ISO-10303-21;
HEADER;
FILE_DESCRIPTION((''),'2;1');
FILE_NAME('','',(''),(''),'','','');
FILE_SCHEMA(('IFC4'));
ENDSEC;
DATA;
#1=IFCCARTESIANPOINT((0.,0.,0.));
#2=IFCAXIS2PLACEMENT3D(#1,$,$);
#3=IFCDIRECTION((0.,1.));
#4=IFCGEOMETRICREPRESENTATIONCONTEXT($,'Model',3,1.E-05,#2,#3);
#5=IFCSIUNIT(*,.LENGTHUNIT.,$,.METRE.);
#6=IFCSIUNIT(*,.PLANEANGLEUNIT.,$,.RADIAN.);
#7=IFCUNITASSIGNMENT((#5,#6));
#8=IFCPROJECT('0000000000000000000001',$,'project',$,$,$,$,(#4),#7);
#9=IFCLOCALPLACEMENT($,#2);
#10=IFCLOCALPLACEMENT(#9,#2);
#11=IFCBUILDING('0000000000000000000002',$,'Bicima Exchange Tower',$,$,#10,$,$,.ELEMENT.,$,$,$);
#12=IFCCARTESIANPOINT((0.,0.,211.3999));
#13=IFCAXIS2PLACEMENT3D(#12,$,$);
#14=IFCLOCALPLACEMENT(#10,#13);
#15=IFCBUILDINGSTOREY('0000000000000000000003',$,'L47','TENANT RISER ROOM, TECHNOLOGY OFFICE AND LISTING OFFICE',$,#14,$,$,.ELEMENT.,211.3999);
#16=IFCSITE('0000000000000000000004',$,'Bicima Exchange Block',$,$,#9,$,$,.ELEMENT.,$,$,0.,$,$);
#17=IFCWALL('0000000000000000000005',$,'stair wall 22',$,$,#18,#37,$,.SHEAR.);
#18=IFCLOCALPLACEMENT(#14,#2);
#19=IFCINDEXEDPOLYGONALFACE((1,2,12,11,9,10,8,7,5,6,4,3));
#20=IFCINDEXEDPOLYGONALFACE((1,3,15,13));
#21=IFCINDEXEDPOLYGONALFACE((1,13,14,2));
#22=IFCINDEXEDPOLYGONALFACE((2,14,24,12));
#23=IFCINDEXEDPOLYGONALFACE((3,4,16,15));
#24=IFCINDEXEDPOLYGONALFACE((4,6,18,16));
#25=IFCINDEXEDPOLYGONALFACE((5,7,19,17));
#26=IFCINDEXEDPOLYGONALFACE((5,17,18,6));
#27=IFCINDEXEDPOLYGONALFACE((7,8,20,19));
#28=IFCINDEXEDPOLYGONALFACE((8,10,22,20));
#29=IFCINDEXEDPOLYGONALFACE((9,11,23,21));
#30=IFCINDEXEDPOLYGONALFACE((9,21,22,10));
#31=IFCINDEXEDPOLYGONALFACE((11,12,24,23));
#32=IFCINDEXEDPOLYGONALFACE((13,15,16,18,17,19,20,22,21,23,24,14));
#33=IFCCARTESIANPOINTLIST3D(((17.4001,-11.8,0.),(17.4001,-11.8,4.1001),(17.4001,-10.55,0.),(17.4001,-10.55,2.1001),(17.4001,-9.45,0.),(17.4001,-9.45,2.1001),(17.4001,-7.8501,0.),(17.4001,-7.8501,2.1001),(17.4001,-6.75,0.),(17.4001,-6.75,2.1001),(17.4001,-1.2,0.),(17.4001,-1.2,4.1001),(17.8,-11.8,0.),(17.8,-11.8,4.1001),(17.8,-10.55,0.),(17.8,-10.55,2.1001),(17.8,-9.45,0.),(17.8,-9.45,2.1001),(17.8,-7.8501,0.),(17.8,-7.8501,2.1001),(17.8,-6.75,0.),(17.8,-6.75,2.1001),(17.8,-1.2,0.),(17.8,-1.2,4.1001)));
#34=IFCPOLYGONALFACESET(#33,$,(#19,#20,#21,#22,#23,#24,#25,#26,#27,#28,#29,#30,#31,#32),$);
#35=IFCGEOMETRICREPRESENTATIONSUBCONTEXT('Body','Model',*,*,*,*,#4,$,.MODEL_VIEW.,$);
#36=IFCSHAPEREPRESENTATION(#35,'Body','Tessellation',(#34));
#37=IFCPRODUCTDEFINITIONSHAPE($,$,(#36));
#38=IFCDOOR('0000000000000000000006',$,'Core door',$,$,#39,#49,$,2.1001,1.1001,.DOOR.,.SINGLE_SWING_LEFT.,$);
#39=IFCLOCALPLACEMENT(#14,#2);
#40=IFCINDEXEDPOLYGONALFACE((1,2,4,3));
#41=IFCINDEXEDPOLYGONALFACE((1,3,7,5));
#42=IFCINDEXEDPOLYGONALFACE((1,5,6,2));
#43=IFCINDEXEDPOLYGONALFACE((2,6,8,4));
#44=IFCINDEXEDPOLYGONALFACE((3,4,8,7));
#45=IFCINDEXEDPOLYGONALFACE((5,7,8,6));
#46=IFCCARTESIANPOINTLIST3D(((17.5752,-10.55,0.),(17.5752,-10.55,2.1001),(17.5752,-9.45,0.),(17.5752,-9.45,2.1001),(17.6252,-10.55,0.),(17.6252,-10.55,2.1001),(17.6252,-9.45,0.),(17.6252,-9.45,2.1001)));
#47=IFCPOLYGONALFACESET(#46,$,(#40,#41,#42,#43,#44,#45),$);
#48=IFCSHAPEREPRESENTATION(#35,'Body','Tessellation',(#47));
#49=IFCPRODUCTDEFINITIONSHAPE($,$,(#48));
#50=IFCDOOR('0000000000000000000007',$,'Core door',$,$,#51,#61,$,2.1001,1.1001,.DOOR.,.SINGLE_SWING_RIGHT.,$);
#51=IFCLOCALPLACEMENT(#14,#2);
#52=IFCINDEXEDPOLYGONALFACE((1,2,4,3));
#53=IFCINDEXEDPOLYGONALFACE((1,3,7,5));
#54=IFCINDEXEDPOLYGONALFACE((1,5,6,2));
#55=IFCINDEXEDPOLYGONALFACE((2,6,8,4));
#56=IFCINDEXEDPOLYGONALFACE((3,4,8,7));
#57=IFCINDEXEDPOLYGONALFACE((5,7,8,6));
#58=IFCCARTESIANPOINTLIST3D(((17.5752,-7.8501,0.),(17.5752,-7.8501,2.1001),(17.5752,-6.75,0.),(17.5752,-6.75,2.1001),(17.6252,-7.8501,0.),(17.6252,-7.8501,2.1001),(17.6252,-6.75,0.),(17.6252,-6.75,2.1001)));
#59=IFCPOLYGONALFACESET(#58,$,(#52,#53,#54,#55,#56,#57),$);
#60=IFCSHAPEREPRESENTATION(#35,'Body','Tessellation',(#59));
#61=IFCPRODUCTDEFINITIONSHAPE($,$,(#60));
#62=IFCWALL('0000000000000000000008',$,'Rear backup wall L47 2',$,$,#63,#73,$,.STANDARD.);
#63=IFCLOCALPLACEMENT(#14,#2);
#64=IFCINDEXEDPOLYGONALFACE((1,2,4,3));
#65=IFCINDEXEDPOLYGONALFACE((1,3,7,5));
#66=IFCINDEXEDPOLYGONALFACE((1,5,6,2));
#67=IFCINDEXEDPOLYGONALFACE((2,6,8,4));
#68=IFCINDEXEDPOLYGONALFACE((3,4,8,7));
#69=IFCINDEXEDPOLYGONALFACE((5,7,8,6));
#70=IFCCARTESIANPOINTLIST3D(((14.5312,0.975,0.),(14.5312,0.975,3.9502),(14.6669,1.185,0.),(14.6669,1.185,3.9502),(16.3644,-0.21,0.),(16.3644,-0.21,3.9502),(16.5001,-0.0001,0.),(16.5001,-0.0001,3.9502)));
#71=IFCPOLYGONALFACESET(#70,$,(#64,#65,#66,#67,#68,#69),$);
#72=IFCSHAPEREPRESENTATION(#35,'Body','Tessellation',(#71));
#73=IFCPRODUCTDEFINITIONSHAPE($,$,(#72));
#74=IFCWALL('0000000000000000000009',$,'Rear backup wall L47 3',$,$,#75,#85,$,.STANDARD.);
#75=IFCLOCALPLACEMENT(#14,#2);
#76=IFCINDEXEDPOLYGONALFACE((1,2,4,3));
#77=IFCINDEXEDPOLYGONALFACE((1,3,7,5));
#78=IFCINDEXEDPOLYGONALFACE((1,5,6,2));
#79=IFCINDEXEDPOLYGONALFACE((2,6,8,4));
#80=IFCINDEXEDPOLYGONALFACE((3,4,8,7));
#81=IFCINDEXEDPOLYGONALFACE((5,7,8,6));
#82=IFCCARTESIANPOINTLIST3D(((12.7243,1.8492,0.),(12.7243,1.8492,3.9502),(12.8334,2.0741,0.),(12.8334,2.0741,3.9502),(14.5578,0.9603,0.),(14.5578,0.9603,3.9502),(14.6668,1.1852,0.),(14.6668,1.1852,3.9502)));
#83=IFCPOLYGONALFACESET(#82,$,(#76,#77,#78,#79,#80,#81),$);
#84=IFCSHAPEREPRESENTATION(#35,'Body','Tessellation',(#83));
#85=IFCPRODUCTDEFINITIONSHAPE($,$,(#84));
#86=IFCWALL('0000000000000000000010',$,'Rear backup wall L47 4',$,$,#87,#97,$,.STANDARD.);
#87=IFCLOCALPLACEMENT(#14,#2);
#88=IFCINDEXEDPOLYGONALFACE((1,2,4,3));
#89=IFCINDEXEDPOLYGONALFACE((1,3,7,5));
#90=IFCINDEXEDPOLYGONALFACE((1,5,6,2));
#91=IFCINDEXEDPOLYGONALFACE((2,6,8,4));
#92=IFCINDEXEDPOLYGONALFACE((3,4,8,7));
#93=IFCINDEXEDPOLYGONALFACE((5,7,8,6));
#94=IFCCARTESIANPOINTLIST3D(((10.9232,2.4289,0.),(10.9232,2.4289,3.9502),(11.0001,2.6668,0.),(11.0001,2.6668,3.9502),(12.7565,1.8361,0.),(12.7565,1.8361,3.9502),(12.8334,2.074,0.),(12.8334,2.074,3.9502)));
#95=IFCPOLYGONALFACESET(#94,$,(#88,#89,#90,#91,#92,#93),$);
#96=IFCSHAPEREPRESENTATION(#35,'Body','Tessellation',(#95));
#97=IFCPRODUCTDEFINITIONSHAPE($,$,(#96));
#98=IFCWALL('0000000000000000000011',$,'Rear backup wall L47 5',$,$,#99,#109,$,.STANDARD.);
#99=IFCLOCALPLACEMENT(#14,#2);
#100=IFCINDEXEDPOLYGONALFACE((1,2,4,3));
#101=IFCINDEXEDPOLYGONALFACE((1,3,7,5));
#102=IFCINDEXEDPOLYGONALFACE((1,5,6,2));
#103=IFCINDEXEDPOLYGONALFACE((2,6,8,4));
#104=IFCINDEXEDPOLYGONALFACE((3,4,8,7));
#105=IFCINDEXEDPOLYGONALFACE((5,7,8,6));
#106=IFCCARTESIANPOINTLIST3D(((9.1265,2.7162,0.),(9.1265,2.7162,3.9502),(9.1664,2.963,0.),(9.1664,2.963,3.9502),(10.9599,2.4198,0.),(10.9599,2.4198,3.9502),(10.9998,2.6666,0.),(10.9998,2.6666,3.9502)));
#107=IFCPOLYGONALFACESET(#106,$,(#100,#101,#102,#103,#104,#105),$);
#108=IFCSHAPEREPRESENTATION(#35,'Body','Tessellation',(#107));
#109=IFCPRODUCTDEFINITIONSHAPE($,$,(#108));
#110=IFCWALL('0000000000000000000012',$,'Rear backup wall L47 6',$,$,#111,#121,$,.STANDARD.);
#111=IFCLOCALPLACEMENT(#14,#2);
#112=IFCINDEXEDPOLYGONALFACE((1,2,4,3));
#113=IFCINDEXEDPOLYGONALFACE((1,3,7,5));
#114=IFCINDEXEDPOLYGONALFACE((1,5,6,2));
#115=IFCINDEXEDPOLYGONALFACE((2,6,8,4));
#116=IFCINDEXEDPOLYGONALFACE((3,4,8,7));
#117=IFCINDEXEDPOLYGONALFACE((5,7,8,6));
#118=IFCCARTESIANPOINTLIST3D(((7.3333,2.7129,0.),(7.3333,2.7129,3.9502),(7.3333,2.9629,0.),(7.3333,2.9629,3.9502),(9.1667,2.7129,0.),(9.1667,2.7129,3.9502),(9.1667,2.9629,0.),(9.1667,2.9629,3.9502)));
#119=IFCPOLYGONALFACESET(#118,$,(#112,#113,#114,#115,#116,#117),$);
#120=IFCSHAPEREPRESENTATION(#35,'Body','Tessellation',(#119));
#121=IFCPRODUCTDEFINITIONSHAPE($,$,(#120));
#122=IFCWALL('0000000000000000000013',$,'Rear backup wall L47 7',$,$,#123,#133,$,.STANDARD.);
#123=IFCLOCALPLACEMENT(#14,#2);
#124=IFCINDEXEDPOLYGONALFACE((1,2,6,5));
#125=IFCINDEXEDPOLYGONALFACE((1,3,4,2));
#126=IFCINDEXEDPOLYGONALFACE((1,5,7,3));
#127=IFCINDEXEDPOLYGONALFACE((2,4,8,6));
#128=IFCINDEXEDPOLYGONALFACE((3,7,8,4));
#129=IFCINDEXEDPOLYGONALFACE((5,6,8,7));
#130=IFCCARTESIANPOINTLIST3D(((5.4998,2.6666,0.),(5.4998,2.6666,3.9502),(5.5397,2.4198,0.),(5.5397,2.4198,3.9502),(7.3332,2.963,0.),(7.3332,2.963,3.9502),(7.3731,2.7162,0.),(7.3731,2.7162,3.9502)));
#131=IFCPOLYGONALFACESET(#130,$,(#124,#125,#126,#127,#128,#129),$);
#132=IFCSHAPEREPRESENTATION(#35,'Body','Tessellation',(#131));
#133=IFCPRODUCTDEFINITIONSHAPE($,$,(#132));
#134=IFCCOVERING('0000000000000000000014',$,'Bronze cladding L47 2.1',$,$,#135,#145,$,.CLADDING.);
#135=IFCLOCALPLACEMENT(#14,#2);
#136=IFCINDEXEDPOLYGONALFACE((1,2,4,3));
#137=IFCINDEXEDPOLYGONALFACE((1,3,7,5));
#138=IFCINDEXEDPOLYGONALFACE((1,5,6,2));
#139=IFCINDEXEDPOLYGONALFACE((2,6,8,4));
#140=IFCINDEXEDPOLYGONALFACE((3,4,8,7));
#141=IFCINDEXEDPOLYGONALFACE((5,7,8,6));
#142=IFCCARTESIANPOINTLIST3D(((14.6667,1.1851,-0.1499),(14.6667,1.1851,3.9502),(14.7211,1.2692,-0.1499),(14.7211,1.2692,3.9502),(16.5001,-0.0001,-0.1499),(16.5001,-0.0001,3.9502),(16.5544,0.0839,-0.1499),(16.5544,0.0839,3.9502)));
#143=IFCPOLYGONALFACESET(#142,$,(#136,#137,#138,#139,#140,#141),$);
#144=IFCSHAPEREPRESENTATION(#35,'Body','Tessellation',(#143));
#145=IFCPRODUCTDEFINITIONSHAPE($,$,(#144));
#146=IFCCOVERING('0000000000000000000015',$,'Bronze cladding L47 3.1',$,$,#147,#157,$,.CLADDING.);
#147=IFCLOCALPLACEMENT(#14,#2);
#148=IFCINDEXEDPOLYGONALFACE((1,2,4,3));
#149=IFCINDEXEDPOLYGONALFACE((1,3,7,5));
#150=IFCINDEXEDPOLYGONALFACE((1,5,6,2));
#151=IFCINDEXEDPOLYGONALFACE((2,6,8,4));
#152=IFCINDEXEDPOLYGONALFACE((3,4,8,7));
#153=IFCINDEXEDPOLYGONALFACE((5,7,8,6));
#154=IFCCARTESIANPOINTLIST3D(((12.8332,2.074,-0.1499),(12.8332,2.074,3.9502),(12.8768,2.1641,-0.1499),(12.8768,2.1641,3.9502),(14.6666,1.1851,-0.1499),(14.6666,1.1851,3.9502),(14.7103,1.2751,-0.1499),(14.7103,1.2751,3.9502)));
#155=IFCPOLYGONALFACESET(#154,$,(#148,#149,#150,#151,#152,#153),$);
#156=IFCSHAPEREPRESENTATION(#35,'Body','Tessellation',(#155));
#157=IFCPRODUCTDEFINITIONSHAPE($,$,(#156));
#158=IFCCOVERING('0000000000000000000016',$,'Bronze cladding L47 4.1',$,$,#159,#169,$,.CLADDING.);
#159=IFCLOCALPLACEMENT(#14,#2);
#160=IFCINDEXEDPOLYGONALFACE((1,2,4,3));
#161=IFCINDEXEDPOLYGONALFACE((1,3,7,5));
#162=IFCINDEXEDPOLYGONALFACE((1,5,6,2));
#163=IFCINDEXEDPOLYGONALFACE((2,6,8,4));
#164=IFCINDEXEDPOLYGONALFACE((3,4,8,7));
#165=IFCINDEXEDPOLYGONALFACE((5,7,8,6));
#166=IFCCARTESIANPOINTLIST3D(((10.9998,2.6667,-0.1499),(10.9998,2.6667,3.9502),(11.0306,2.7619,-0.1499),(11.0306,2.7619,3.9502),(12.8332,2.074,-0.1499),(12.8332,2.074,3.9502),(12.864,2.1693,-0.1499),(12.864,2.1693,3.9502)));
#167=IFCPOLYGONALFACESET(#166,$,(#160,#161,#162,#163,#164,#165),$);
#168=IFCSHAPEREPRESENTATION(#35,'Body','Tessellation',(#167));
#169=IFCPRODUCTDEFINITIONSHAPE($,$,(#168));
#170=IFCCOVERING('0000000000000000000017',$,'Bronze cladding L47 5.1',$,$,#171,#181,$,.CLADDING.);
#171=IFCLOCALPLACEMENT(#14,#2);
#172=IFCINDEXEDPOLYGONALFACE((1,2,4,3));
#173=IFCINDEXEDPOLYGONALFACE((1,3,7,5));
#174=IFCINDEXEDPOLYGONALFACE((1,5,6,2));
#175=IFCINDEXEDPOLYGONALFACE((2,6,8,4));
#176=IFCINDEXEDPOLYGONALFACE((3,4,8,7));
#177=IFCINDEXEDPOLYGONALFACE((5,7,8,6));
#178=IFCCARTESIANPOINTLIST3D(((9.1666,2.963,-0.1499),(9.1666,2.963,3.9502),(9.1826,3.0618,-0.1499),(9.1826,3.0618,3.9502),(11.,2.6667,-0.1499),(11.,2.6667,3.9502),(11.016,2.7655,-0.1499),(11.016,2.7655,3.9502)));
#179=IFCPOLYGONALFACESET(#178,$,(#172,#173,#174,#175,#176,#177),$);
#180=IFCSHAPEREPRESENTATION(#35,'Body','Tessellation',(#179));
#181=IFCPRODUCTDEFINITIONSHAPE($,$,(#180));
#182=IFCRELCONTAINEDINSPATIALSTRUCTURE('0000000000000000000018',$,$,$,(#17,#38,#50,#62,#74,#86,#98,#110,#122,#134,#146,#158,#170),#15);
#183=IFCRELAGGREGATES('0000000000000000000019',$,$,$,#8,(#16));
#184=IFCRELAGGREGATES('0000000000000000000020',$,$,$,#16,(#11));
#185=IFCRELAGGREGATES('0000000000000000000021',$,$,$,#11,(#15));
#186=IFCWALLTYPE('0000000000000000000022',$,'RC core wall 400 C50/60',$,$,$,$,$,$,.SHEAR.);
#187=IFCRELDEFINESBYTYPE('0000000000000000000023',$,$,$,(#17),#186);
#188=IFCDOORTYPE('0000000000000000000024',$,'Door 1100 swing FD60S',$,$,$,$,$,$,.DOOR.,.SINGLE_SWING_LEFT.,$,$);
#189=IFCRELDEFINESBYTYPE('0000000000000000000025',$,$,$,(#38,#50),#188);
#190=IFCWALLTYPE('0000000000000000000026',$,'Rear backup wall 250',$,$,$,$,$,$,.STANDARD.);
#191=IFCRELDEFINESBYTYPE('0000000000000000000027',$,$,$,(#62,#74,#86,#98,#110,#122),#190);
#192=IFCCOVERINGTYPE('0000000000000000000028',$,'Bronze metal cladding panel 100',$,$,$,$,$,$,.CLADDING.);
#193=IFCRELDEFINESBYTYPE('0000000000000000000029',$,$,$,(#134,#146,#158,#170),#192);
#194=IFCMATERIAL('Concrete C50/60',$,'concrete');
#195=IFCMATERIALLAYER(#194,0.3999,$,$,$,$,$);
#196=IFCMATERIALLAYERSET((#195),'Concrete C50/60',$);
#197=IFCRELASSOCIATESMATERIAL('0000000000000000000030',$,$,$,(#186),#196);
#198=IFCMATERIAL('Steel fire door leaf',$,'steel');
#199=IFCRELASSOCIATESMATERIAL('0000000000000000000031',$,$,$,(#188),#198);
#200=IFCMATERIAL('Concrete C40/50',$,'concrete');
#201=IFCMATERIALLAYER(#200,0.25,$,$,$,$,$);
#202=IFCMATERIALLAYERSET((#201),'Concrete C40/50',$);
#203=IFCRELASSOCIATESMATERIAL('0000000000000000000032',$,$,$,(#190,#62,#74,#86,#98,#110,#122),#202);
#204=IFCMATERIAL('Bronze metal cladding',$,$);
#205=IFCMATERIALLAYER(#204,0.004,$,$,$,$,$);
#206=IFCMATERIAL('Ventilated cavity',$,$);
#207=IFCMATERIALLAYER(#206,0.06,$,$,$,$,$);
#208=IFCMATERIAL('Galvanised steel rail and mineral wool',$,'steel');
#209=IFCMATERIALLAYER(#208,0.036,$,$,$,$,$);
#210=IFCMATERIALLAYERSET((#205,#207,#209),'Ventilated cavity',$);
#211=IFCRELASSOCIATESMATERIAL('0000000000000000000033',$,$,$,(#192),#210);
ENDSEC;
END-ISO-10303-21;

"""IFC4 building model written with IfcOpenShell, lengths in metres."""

from ifc_helpers import new_model, si_unit, direction, frame, frame_2d, origin, origin_2d, place, context, subcontext, project, spatial, rectangle, extrude, material, layer, layer_set, layer_usage, type_object, element, fill, save


model = new_model("IFC4")

# Units and contexts
model_context = context("Model", 3, precision=1e-05, world=origin(), true_north=direction((0.0, 1.0)))
body_context = subcontext(model_context, "Body", "Model", "MODEL_VIEW")
ifc_project = project(units=[si_unit("LENGTHUNIT", "METRE"), si_unit("PLANEANGLEUNIT", "RADIAN")], contexts=[model_context])

# Site, building, storey
site_placement = place(None, origin())
site = spatial("IfcSite", under=ifc_project, at=site_placement, Name="Bicima Exchange Block", CompositionType="ELEMENT", RefElevation=0.0)
building_placement = place(site_placement, origin())
building = spatial("IfcBuilding", under=site, at=building_placement, Name="Bicima Exchange Tower", CompositionType="ELEMENT")
storey_placement = place(building_placement, frame((0.0, 0.0, 211.3999)))
storey = spatial("IfcBuildingStorey", under=building, at=storey_placement, Name="L47", Description="TENANT RISER ROOM, TECHNOLOGY OFFICE AND LISTING OFFICE", CompositionType="ELEMENT", Elevation=211.3999)

# Wall, openings, doors
ifc_material_1 = material(Name="Concrete C50/60", Category="concrete")
ifc_layer_1 = layer(ifc_material_1, 0.3999)
ifc_layer_set_1 = layer_set([ifc_layer_1], Name="Concrete C50/60")
wall_type_1 = type_object("IfcWallType", Name="RC core wall 400 C50/60", PredefinedType="SHEAR", material=ifc_layer_set_1)
ifc_material_2 = material(Name="Steel fire door leaf", Category="steel")
door_type_1 = type_object("IfcDoorType", Name="Door 1100 swing FD60S", OperationType="SINGLE_SWING_LEFT", PredefinedType="DOOR", material=ifc_material_2)
wall_1_placement = place(storey_placement, frame((17.6001, -11.8, 0.0), z_axis=(0.0, 0.0, 1.0), x_axis=(0.0, 1.0, 0.0)))
wall_1 = element("IfcWall", 1, at=wall_1_placement, inside=storey, type_object=wall_type_1, Name="stair wall 22", PredefinedType="SHEAR", context=body_context, shape_type="SweptSolid", body=[
    extrude(rectangle(XDim=10.6001, YDim=0.3999, at=frame_2d((5.3, 0.0))), origin(), (0.0, 0.0, 1.0), 4.1001),
])
opening_1_placement = place(wall_1_placement, frame((1.25, 0.0, 0.0)))
opening_1 = element("IfcOpeningElement", 2, at=opening_1_placement, cuts=wall_1, PredefinedType="OPENING", context=body_context, shape_type="SweptSolid", body=[
    extrude(rectangle(XDim=1.1001, YDim=2.1001, at=frame_2d((0.55, 1.05))), frame((0.0, 0.2119, 0.0), z_axis=(0.0, -1.0, 0.0), x_axis=(1.0, 0.0, 0.0)), (0.0, 0.0, 1.0), 0.4238),
])
opening_2_placement = place(wall_1_placement, frame((3.95, 0.0, 0.0)))
opening_2 = element("IfcOpeningElement", 3, at=opening_2_placement, cuts=wall_1, PredefinedType="OPENING", context=body_context, shape_type="SweptSolid", body=[
    extrude(rectangle(XDim=1.1001, YDim=2.1001, at=frame_2d((0.55, 1.05))), frame((0.0, 0.2119, 0.0), z_axis=(0.0, -1.0, 0.0), x_axis=(1.0, 0.0, 0.0)), (0.0, 0.0, 1.0), 0.4238),
])
door_1_placement = place(opening_1_placement, origin())
door_1 = element("IfcDoor", 4, at=door_1_placement, inside=storey, type_object=door_type_1, Name="Core door", OperationType="SINGLE_SWING_LEFT", OverallHeight=2.1001, OverallWidth=1.1001, PredefinedType="DOOR", context=body_context, shape_type="SweptSolid", body=[
    extrude(rectangle(XDim=1.1001, YDim=2.1001, at=frame_2d((0.55, 1.05))), frame((0.0, 0.0249, 0.0), z_axis=(0.0, -1.0, 0.0), x_axis=(1.0, 0.0, 0.0)), (0.0, 0.0, 1.0), 0.05),
])
fill(opening_1, door_1)
door_2_placement = place(opening_2_placement, origin())
door_2 = element("IfcDoor", 5, at=door_2_placement, inside=storey, type_object=door_type_1, Name="Core door", OperationType="SINGLE_SWING_RIGHT", OverallHeight=2.1001, OverallWidth=1.1001, PredefinedType="DOOR", context=body_context, shape_type="SweptSolid", body=[
    extrude(rectangle(XDim=1.1001, YDim=2.1001, at=frame_2d((0.55, 1.05))), frame((0.0, 0.0249, 0.0), z_axis=(0.0, -1.0, 0.0), x_axis=(1.0, 0.0, 0.0)), (0.0, 0.0, 1.0), 0.05),
])
fill(opening_2, door_2)

# Walls
ifc_material_3 = material(Name="Concrete C40/50", Category="concrete")
ifc_layer_2 = layer(ifc_material_3, 0.25)
ifc_layer_set_2 = layer_set([ifc_layer_2], Name="Concrete C40/50")
ifc_layer_usage = layer_usage(ifc_layer_set_2, "AXIS2", "POSITIVE", -0.125)
wall_type_2 = type_object("IfcWallType", Name="Rear backup wall 250", PredefinedType="STANDARD", material=ifc_layer_set_2)
wall_2_placement = place(storey_placement, frame((16.4321, -0.105, 0.0), z_axis=(0.0, 0.0, 1.0), x_axis=(-0.839813, 0.542876, 0.0)))
element("IfcWall", 6, at=wall_2_placement, inside=storey, type_object=wall_type_2, material=ifc_layer_usage, Name="Rear backup wall L47 2", PredefinedType="STANDARD", context=body_context, shape_type="SweptSolid", body=[
    extrude(rectangle(XDim=2.1829, YDim=0.25, at=frame_2d((1.0913, 0.0))), origin(), (0.0, 0.0, 1.0), 3.9502),
])
wall_3_placement = place(storey_placement, frame((14.6123, 1.0728, 0.0), z_axis=(0.0, 0.0, 1.0), x_axis=(-0.899824, 0.436253, 0.0)))
element("IfcWall", 7, at=wall_3_placement, inside=storey, type_object=wall_type_2, material=ifc_layer_usage, Name="Rear backup wall L47 3", PredefinedType="STANDARD", context=body_context, shape_type="SweptSolid", body=[
    extrude(rectangle(XDim=2.0376, YDim=0.25, at=frame_2d((1.0188, 0.0))), origin(), (0.0, 0.0, 1.0), 3.9502),
])
wall_4_placement = place(storey_placement, frame((12.7949, 1.9551, 0.0), z_axis=(0.0, 0.0, 1.0), x_axis=(-0.951496, 0.307662, 0.0)))
element("IfcWall", 8, at=wall_4_placement, inside=storey, type_object=wall_type_2, material=ifc_layer_usage, Name="Rear backup wall L47 4", PredefinedType="STANDARD", context=body_context, shape_type="SweptSolid", body=[
    extrude(rectangle(XDim=1.9268, YDim=0.25, at=frame_2d((0.9634, 0.0))), origin(), (0.0, 0.0, 1.0), 3.9502),
])
wall_5_placement = place(storey_placement, frame((10.98, 2.5432, 0.0), z_axis=(0.0, 0.0, 1.0), x_axis=(-0.987182, 0.1596, 0.0)))
element("IfcWall", 9, at=wall_5_placement, inside=storey, type_object=wall_type_2, material=ifc_layer_usage, Name="Rear backup wall L47 5", PredefinedType="STANDARD", context=body_context, shape_type="SweptSolid", body=[
    extrude(rectangle(XDim=1.8572, YDim=0.25, at=frame_2d((0.9287, 0.0))), origin(), (0.0, 0.0, 1.0), 3.9502),
])
wall_6_placement = place(storey_placement, frame((9.1667, 2.8379, 0.0), z_axis=(0.0, 0.0, 1.0), x_axis=(-1.0, 0.0, 0.0)))
element("IfcWall", 10, at=wall_6_placement, inside=storey, type_object=wall_type_2, material=ifc_layer_usage, Name="Rear backup wall L47 6", PredefinedType="STANDARD", context=body_context, shape_type="SweptSolid", body=[
    extrude(rectangle(XDim=1.8335, YDim=0.25, at=frame_2d((0.9167, 0.0))), origin(), (0.0, 0.0, 1.0), 3.9502),
])
wall_7_placement = place(storey_placement, frame((7.3533, 2.8396, 0.0), z_axis=(0.0, 0.0, 1.0), x_axis=(-0.987182, -0.1596, 0.0)))
element("IfcWall", 11, at=wall_7_placement, inside=storey, type_object=wall_type_2, material=ifc_layer_usage, Name="Rear backup wall L47 7", PredefinedType="STANDARD", context=body_context, shape_type="SweptSolid", body=[
    extrude(rectangle(XDim=1.8572, YDim=0.25, at=frame_2d((0.9287, 0.0))), origin(), (0.0, 0.0, 1.0), 3.9502),
])

# Coverings
ifc_material_4 = material(Name="Bronze metal cladding")
ifc_layer_3 = layer(ifc_material_4, 0.004)
ifc_material_5 = material(Name="Ventilated cavity")
ifc_layer_4 = layer(ifc_material_5, 0.06)
ifc_material_6 = material(Name="Galvanised steel rail and mineral wool", Category="steel")
ifc_layer_5 = layer(ifc_material_6, 0.036)
ifc_layer_set_3 = layer_set([ifc_layer_3, ifc_layer_4, ifc_layer_5], Name="Ventilated cavity")
covering_type = type_object("IfcCoveringType", Name="Bronze metal cladding panel 100", PredefinedType="CLADDING", material=ifc_layer_set_3)
covering_1_placement = place(storey_placement, frame((15.6106, 0.6345, -0.1499), z_axis=(0.0, 0.0, 1.0), x_axis=(-0.83979, 0.542911, 0.0)))
element("IfcCovering", 12, at=covering_1_placement, inside=storey, type_object=covering_type, Name="Bronze cladding L47 2.1", PredefinedType="CLADDING", context=body_context, shape_type="SweptSolid", body=[
    extrude(rectangle(XDim=2.1831, YDim=0.1001, at=origin_2d()), origin(), (0.0, 0.0, 1.0), 4.1001),
])
covering_2_placement = place(storey_placement, frame((13.7717, 1.6746, -0.1499), z_axis=(0.0, 0.0, 1.0), x_axis=(-0.899818, 0.436265, 0.0)))
element("IfcCovering", 13, at=covering_2_placement, inside=storey, type_object=covering_type, Name="Bronze cladding L47 3.1", PredefinedType="CLADDING", context=body_context, shape_type="SweptSolid", body=[
    extrude(rectangle(XDim=2.0376, YDim=0.1001, at=origin_2d()), origin(), (0.0, 0.0, 1.0), 4.1001),
])
covering_3_placement = place(storey_placement, frame((11.9319, 2.418, -0.1499), z_axis=(0.0, 0.0, 1.0), x_axis=(-0.951525, 0.307573, 0.0)))
element("IfcCovering", 14, at=covering_3_placement, inside=storey, type_object=covering_type, Name="Bronze cladding L47 4.1", PredefinedType="CLADDING", context=body_context, shape_type="SweptSolid", body=[
    extrude(rectangle(XDim=1.9268, YDim=0.1001, at=origin_2d()), origin(), (0.0, 0.0, 1.0), 4.1001),
])
covering_4_placement = place(storey_placement, frame((10.0913, 2.8643, -0.1499), z_axis=(0.0, 0.0, 1.0), x_axis=(-0.98719, 0.15955, 0.0)))
element("IfcCovering", 15, at=covering_4_placement, inside=storey, type_object=covering_type, Name="Bronze cladding L47 5.1", PredefinedType="CLADDING", context=body_context, shape_type="SweptSolid", body=[
    extrude(rectangle(XDim=1.8572, YDim=0.1001, at=origin_2d()), origin(), (0.0, 0.0, 1.0), 4.1001),
])

save(model, "model.ifc")
